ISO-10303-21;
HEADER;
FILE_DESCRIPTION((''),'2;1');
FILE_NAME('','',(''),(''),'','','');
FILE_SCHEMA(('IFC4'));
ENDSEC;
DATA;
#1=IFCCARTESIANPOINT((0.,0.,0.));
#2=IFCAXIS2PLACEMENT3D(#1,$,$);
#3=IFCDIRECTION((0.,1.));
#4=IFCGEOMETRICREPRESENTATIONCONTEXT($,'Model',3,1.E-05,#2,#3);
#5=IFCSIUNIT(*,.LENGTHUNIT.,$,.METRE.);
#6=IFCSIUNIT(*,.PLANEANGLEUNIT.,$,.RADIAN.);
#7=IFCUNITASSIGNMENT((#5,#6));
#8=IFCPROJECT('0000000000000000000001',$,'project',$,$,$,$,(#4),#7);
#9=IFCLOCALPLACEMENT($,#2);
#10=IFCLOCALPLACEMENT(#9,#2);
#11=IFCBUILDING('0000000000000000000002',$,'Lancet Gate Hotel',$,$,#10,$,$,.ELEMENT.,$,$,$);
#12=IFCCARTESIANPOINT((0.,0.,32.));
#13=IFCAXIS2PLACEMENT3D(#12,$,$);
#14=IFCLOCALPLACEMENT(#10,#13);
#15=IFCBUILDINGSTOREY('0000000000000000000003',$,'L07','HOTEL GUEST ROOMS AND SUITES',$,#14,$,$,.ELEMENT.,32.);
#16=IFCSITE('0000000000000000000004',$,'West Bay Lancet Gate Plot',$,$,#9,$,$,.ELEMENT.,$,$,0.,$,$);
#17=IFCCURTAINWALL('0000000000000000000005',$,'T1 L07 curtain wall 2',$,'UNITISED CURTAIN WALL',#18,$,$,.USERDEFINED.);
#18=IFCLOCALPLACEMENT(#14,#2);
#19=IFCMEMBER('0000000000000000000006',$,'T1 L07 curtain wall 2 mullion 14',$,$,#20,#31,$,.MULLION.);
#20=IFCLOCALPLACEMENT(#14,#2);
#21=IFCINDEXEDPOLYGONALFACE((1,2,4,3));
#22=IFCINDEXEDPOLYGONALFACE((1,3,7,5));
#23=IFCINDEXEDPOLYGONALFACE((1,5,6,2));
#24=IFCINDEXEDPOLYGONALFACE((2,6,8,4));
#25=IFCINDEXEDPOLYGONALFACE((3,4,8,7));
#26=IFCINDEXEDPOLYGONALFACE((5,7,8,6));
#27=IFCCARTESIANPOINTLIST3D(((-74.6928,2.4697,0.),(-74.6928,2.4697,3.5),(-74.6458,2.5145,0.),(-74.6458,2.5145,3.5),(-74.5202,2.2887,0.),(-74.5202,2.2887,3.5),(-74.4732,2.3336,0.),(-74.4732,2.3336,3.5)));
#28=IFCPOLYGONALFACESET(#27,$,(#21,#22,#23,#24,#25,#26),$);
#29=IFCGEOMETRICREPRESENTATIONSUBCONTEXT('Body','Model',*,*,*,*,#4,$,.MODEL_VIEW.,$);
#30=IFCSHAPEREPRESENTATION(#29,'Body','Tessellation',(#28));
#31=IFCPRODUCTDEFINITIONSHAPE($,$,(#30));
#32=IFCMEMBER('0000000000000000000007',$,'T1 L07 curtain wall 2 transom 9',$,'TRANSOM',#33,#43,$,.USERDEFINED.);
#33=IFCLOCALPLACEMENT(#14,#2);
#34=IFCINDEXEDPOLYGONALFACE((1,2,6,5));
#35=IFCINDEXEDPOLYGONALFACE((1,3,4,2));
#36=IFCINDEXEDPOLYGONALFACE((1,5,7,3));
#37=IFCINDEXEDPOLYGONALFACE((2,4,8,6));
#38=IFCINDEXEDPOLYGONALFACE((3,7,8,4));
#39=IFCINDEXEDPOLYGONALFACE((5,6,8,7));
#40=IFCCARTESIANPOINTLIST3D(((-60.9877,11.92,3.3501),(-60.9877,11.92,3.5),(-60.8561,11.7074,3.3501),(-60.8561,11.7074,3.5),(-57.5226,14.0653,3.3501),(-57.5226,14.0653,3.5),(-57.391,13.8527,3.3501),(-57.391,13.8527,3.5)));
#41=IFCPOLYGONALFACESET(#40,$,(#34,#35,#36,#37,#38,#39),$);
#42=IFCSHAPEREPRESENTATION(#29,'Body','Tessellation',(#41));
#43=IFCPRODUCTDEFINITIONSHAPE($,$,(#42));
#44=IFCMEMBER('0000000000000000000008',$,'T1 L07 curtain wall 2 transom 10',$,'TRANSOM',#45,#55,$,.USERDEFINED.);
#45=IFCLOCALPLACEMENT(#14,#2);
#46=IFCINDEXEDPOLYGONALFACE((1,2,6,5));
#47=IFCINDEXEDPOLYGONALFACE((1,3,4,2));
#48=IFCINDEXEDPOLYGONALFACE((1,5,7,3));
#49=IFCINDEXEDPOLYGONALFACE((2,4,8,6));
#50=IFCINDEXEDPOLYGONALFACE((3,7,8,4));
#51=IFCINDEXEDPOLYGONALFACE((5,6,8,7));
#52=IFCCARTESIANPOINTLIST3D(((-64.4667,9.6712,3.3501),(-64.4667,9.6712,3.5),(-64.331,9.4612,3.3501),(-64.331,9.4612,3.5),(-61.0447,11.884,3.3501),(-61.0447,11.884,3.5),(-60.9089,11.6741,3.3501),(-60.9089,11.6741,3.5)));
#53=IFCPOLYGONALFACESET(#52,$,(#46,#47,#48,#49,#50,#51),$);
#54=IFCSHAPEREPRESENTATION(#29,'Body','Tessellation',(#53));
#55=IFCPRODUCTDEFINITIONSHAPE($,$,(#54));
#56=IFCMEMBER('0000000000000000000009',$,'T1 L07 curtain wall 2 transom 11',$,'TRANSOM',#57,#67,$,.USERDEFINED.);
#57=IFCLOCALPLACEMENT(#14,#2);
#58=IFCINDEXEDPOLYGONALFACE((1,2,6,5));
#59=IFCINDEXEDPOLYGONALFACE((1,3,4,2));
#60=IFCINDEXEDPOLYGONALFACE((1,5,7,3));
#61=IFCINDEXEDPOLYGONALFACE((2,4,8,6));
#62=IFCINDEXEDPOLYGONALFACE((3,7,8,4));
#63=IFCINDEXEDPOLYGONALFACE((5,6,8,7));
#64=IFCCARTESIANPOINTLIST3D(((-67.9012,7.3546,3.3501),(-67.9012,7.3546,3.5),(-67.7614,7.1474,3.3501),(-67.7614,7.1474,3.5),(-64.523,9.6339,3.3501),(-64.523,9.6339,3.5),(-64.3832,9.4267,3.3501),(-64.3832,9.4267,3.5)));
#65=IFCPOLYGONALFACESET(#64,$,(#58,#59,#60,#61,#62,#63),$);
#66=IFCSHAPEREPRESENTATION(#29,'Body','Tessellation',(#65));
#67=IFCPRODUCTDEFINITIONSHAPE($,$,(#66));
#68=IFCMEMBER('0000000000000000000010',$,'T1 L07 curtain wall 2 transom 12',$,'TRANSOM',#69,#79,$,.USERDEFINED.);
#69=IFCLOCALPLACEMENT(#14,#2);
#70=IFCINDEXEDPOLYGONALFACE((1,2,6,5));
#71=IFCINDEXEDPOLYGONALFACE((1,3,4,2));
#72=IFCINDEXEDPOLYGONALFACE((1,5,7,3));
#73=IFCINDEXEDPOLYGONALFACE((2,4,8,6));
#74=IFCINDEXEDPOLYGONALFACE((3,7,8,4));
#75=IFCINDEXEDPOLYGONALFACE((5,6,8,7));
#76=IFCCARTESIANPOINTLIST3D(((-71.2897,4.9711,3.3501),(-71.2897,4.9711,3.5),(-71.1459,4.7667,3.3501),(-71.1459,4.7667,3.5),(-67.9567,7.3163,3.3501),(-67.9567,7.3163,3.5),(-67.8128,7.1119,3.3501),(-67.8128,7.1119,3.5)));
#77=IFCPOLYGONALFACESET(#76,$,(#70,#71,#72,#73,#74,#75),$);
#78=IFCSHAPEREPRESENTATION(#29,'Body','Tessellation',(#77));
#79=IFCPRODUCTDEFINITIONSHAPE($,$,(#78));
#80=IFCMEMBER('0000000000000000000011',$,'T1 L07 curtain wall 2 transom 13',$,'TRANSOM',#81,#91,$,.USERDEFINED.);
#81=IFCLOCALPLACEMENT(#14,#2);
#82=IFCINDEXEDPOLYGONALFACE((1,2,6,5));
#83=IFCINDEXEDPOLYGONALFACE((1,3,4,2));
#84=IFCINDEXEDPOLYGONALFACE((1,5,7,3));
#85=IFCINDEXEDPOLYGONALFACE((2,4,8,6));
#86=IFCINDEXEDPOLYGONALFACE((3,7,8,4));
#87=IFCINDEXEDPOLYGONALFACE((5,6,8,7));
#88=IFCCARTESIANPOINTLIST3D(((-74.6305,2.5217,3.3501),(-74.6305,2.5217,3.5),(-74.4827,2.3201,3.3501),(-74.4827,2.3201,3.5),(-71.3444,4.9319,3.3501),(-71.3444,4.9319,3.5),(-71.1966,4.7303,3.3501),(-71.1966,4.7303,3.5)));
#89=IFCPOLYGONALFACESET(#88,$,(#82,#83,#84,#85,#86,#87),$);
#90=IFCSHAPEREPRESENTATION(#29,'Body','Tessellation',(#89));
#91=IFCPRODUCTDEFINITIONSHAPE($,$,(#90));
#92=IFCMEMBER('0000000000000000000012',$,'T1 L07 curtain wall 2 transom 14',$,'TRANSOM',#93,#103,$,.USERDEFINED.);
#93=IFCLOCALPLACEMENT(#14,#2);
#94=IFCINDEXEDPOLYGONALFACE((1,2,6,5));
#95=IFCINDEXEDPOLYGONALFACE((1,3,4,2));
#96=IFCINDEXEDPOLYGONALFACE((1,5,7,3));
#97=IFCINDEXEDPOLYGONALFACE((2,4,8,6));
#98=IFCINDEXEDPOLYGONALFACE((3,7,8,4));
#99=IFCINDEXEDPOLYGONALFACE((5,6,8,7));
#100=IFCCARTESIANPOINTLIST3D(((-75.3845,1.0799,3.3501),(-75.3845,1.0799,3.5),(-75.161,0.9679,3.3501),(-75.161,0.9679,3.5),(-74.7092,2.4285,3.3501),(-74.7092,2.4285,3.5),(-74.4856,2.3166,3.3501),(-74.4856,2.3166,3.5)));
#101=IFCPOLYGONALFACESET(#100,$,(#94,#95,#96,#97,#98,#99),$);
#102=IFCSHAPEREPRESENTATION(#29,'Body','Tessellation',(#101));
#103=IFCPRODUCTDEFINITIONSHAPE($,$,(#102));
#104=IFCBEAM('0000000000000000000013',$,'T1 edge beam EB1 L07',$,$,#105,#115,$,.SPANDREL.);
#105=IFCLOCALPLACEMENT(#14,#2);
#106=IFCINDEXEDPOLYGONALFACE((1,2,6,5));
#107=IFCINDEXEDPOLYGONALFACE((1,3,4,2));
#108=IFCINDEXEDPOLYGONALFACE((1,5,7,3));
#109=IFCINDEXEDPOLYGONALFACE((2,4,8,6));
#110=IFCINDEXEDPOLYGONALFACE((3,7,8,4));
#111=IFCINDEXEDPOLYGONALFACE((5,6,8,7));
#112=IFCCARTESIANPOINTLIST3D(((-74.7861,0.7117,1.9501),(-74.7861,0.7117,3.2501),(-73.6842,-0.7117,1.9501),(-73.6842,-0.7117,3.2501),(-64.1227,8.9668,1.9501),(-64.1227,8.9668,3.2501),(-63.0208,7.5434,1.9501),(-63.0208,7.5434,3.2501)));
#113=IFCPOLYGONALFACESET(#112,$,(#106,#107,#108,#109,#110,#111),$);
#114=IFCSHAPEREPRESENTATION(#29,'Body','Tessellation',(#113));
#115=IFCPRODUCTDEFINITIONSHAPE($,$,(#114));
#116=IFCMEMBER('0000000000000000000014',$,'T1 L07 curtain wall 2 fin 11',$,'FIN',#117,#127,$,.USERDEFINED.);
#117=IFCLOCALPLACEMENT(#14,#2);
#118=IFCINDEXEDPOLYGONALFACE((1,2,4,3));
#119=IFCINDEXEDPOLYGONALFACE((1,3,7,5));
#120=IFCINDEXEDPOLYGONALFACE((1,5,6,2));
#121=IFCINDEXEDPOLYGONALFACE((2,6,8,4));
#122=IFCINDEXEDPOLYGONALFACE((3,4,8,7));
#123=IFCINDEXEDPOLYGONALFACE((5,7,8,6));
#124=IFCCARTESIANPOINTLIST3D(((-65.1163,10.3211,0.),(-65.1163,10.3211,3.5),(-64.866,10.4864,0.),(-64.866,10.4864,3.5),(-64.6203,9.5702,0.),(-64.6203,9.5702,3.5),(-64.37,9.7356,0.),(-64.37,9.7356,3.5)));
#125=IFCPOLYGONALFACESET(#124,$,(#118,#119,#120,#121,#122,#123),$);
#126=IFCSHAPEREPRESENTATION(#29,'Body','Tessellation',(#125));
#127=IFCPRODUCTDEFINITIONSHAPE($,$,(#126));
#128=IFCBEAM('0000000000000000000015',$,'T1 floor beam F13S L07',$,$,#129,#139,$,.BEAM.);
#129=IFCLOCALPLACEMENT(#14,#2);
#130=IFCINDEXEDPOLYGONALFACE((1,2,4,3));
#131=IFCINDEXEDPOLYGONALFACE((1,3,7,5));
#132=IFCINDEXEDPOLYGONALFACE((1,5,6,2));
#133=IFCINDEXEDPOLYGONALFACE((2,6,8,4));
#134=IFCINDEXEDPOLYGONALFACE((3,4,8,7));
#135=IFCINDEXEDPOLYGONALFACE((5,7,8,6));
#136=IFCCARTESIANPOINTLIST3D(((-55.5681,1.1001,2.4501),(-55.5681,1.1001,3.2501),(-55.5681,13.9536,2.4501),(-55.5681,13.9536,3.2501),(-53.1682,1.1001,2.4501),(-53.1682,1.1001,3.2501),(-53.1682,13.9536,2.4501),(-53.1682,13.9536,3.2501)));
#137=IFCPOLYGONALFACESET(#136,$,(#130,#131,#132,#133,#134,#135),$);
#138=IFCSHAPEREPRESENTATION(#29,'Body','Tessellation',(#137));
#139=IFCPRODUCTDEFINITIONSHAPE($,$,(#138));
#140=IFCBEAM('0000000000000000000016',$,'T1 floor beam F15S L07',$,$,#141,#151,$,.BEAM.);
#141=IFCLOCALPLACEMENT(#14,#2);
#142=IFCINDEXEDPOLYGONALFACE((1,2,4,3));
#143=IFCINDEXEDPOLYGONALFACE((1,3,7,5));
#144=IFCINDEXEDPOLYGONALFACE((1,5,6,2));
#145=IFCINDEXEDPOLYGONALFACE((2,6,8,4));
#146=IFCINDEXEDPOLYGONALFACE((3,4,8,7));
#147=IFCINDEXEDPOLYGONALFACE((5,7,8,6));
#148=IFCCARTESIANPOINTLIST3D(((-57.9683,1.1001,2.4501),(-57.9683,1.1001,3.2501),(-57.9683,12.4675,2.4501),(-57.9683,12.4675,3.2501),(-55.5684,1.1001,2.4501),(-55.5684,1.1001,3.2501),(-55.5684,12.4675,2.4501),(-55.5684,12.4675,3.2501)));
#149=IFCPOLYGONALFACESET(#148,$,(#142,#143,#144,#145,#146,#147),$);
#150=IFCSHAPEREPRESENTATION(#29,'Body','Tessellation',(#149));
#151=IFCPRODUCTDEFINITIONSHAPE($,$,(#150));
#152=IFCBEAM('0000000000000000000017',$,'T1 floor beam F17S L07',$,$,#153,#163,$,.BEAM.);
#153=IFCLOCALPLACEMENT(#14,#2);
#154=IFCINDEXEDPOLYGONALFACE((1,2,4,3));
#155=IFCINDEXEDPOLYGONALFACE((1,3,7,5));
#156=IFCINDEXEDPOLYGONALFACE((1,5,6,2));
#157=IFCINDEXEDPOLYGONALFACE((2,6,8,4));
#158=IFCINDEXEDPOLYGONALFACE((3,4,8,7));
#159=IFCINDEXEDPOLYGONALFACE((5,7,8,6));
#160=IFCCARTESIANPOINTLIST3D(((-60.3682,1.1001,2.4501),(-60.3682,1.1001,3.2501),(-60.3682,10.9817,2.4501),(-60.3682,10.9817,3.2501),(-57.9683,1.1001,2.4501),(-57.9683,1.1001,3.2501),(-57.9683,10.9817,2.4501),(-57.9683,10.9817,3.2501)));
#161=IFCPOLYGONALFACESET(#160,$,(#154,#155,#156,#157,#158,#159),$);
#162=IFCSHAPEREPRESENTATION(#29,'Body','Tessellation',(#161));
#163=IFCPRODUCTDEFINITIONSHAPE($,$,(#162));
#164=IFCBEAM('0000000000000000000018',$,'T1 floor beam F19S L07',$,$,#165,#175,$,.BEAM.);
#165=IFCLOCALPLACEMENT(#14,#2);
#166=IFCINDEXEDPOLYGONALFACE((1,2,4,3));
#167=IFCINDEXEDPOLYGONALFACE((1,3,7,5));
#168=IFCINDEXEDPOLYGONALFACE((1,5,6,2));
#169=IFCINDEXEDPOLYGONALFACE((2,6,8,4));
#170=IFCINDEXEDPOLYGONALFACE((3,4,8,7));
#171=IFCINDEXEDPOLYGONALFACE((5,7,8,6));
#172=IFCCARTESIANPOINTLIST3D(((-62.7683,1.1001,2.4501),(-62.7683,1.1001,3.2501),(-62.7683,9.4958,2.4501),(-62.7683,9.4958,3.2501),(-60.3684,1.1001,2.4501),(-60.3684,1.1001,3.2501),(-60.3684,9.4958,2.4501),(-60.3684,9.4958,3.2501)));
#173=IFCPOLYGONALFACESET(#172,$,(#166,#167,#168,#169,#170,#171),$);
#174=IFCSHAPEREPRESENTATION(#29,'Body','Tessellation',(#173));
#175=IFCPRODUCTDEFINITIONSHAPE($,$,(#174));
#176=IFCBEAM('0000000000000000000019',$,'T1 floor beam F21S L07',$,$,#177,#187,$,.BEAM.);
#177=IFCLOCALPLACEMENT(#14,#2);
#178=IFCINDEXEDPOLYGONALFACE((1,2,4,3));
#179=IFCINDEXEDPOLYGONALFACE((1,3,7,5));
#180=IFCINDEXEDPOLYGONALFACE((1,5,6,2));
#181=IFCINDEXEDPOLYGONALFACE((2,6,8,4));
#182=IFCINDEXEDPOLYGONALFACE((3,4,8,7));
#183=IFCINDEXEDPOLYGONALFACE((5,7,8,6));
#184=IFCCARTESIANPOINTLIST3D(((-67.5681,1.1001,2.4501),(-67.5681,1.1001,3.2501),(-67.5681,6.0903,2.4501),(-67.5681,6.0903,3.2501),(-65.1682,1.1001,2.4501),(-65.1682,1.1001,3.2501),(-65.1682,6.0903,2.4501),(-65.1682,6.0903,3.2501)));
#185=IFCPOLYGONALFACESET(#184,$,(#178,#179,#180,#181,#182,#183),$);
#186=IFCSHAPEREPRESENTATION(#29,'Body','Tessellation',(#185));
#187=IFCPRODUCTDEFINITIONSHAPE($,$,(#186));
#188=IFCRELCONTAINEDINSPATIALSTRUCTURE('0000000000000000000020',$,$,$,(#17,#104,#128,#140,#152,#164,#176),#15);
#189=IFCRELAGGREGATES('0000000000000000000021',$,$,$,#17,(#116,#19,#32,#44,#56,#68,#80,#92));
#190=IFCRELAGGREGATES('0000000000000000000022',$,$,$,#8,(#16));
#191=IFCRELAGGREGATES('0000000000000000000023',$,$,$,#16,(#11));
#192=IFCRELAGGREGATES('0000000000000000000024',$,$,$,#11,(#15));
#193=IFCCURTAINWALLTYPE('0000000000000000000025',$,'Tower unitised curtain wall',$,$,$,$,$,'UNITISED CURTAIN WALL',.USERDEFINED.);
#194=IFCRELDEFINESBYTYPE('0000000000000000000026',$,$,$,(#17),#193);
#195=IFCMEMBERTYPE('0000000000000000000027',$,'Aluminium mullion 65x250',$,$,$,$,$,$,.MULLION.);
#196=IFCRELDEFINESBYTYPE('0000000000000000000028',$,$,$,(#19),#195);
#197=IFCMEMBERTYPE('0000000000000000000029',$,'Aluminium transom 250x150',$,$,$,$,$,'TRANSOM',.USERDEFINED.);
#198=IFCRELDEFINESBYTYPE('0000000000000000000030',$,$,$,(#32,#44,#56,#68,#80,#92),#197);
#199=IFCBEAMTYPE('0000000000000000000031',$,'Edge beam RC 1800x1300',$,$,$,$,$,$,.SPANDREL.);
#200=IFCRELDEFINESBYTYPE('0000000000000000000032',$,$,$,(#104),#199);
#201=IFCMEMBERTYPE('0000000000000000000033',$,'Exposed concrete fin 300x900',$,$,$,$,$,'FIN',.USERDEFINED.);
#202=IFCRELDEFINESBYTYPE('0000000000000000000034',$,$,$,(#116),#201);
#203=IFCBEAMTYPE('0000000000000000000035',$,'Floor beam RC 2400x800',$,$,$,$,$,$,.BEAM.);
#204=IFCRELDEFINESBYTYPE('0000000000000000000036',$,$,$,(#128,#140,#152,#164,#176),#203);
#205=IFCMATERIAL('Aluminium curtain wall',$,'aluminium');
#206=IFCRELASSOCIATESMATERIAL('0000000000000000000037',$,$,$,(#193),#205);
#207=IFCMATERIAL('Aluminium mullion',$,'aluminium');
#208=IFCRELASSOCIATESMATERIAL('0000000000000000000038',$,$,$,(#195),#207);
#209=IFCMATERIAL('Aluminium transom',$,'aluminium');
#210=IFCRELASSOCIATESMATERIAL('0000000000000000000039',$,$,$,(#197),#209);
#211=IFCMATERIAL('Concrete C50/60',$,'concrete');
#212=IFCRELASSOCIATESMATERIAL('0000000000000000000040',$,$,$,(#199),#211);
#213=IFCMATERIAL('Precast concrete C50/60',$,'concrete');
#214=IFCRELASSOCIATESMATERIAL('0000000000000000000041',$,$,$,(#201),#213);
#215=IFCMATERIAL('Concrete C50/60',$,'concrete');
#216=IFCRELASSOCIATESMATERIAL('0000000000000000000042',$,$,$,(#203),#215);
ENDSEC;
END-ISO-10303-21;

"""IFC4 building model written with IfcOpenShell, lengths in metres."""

from ifc_helpers import new_model, si_unit, direction, frame, origin, origin_2d, place, context, subcontext, project, spatial, rectangle, extrude, material, material_profile, profile_set, type_object, element, aggregate, save


model = new_model("IFC4")

# Units and contexts
model_context = context("Model", 3, precision=1e-05, world=origin(), true_north=direction((0.0, 1.0)))
body_context = subcontext(model_context, "Body", "Model", "MODEL_VIEW")
ifc_project = project(units=[si_unit("LENGTHUNIT", "METRE"), si_unit("PLANEANGLEUNIT", "RADIAN")], contexts=[model_context])

# Site, building, storey
site_placement = place(None, origin())
site = spatial("IfcSite", under=ifc_project, at=site_placement, Name="West Bay Lancet Gate Plot", CompositionType="ELEMENT", RefElevation=0.0)
building_placement = place(site_placement, origin())
building = spatial("IfcBuilding", under=site, at=building_placement, Name="Lancet Gate Hotel", CompositionType="ELEMENT")
storey_placement = place(building_placement, frame((0.0, 0.0, 32.0)))
storey = spatial("IfcBuildingStorey", under=building, at=storey_placement, Name="L07", Description="HOTEL GUEST ROOMS AND SUITES", CompositionType="ELEMENT", Elevation=32.0)

# Curtain wall, members
ifc_material_1 = material(Name="Aluminium curtain wall", Category="aluminium")
curtain_wall_type = type_object("IfcCurtainWallType", Name="Tower unitised curtain wall", ElementType="UNITISED CURTAIN WALL", PredefinedType="USERDEFINED", material=ifc_material_1)
curtain_wall_placement = place(storey_placement, origin())
curtain_wall = element("IfcCurtainWall", 1, at=curtain_wall_placement, inside=storey, type_object=curtain_wall_type, Name="T1 L07 curtain wall 2", ObjectType="UNITISED CURTAIN WALL", PredefinedType="USERDEFINED")
ifc_material_2 = material(Name="Aluminium mullion", Category="aluminium")
ifc_material_profile_1 = material_profile(ifc_material_2, rectangle(XDim=0.0649, YDim=0.25, at=origin_2d()), Name="MULLION 65x250")
ifc_profile_set_1 = profile_set([ifc_material_profile_1], Name="Aluminium mullion")
member_type_1 = type_object("IfcMemberType", Name="Aluminium mullion 65x250", PredefinedType="MULLION", material=ifc_profile_set_1)
member_1_placement = place(storey_placement, frame((-74.583, 2.4016, 0.0), z_axis=(0.0, 0.0, 1.0), x_axis=(-0.723696, -0.690119, 0.0)))
member_1 = element("IfcMember", 2, at=member_1_placement, type_object=member_type_1, Name="T1 L07 curtain wall 2 mullion 14", PredefinedType="MULLION", context=body_context, shape_type="SweptSolid", body=[
    extrude(rectangle(XDim=0.0649, YDim=0.25, at=origin_2d()), origin(), (0.0, 0.0, 1.0), 3.5),
])
ifc_material_3 = material(Name="Aluminium transom", Category="aluminium")
ifc_material_profile_2 = material_profile(ifc_material_3, rectangle(XDim=0.25, YDim=0.1499, at=origin_2d()), Name="TRANSOM 250x150")
ifc_profile_set_2 = profile_set([ifc_material_profile_2], Name="Aluminium transom")
member_type_2 = type_object("IfcMemberType", Name="Aluminium transom 250x150", ElementType="TRANSOM", PredefinedType="USERDEFINED", material=ifc_profile_set_2)
member_2_placement = place(storey_placement, frame((-57.4568, 13.959, 3.425), z_axis=(-0.850242, -0.526392, 0.0), x_axis=(0.526392, -0.850242, 0.0)))
member_2 = element("IfcMember", 3, at=member_2_placement, type_object=member_type_2, Name="T1 L07 curtain wall 2 transom 9", ObjectType="TRANSOM", PredefinedType="USERDEFINED", context=body_context, shape_type="SweptSolid", body=[
    extrude(rectangle(XDim=0.25, YDim=0.1499, at=origin_2d()), origin(), (0.0, 0.0, 1.0), 4.0754),
])
member_3_placement = place(storey_placement, frame((-60.9768, 11.7791, 3.425), z_axis=(-0.839729, -0.543005, 0.0), x_axis=(0.543005, -0.839729, 0.0)))
member_3 = element("IfcMember", 4, at=member_3_placement, type_object=member_type_2, Name="T1 L07 curtain wall 2 transom 10", ObjectType="TRANSOM", PredefinedType="USERDEFINED", context=body_context, shape_type="SweptSolid", body=[
    extrude(rectangle(XDim=0.25, YDim=0.1499, at=origin_2d()), origin(), (0.0, 0.0, 1.0), 4.0752),
])
member_4_placement = place(storey_placement, frame((-64.4531, 9.5303, 3.425), z_axis=(-0.828959, -0.559309, 0.0), x_axis=(0.559309, -0.828959, 0.0)))
member_4 = element("IfcMember", 5, at=member_4_placement, type_object=member_type_2, Name="T1 L07 curtain wall 2 transom 11", ObjectType="TRANSOM", PredefinedType="USERDEFINED", context=body_context, shape_type="SweptSolid", body=[
    extrude(rectangle(XDim=0.25, YDim=0.1499, at=origin_2d()), origin(), (0.0, 0.0, 1.0), 4.0752),
])
member_5_placement = place(storey_placement, frame((-67.8848, 7.2141, 3.425), z_axis=(-0.817834, -0.575455, 0.0), x_axis=(0.575455, -0.817834, 0.0)))
member_5 = element("IfcMember", 6, at=member_5_placement, type_object=member_type_2, Name="T1 L07 curtain wall 2 transom 12", ObjectType="TRANSOM", PredefinedType="USERDEFINED", context=body_context, shape_type="SweptSolid", body=[
    extrude(rectangle(XDim=0.25, YDim=0.1499, at=origin_2d()), origin(), (0.0, 0.0, 1.0), 4.0754),
])
member_6_placement = place(storey_placement, frame((-71.2705, 4.8311, 3.425), z_axis=(-0.806367, -0.591416, 0.0), x_axis=(0.591416, -0.806367, 0.0)))
member_6 = element("IfcMember", 7, at=member_6_placement, type_object=member_type_2, Name="T1 L07 curtain wall 2 transom 13", ObjectType="TRANSOM", PredefinedType="USERDEFINED", context=body_context, shape_type="SweptSolid", body=[
    extrude(rectangle(XDim=0.25, YDim=0.1499, at=origin_2d()), origin(), (0.0, 0.0, 1.0), 4.0752),
])
member_7_placement = place(storey_placement, frame((-74.5974, 2.3726, 3.425), z_axis=(-0.447732, -0.894168, 0.0), x_axis=(0.894168, -0.447732, 0.0)))
member_7 = element("IfcMember", 8, at=member_7_placement, type_object=member_type_2, Name="T1 L07 curtain wall 2 transom 14", ObjectType="TRANSOM", PredefinedType="USERDEFINED", context=body_context, shape_type="SweptSolid", body=[
    extrude(rectangle(XDim=0.25, YDim=0.1499, at=origin_2d()), origin(), (0.0, 0.0, 1.0), 1.5083),
])

# Beam
ifc_material_4 = material(Name="Concrete C50/60", Category="concrete")
ifc_material_profile_3 = material_profile(ifc_material_4, rectangle(XDim=1.8, YDim=1.3, at=origin_2d()), Name="RC 1800x1300")
ifc_profile_set_3 = profile_set([ifc_material_profile_3], Name="Concrete C50/60")
beam_type_1 = type_object("IfcBeamType", Name="Edge beam RC 1800x1300", PredefinedType="SPANDREL", material=ifc_profile_set_3)
beam_1_placement = place(storey_placement, frame((-63.5718, 8.2551, 2.6001), z_axis=(-0.790736, -0.612157, 0.0), x_axis=(0.612157, -0.790736, 0.0)))
element("IfcBeam", 9, at=beam_1_placement, inside=storey, type_object=beam_type_1, Name="T1 edge beam EB1 L07", PredefinedType="SPANDREL", context=body_context, shape_type="SweptSolid", body=[
    extrude(rectangle(XDim=1.8, YDim=1.3, at=origin_2d()), origin(), (0.0, 0.0, 1.0), 13.4854),
])

# Member
ifc_material_5 = material(Name="Precast concrete C50/60", Category="concrete")
ifc_material_profile_4 = material_profile(ifc_material_5, rectangle(XDim=0.3, YDim=0.8999, at=origin_2d()), Name="FIN 300x900")
ifc_profile_set_4 = profile_set([ifc_material_profile_4], Name="Precast concrete C50/60")
member_type_3 = type_object("IfcMemberType", Name="Exposed concrete fin 300x900", ElementType="FIN", PredefinedType="USERDEFINED", material=ifc_profile_set_4)
member_8_placement = place(storey_placement, frame((-64.7432, 10.0283, 0.0), z_axis=(0.0, 0.0, 1.0), x_axis=(-0.834387, -0.551178, 0.0)))
member_8 = element("IfcMember", 10, at=member_8_placement, type_object=member_type_3, Name="T1 L07 curtain wall 2 fin 11", ObjectType="FIN", PredefinedType="USERDEFINED", context=body_context, shape_type="SweptSolid", body=[
    extrude(rectangle(XDim=0.3, YDim=0.8999, at=origin_2d()), origin(), (0.0, 0.0, 1.0), 3.5),
])

# Beams
ifc_material_6 = material(Name="Concrete C50/60", Category="concrete")
ifc_material_profile_5 = material_profile(ifc_material_6, rectangle(XDim=2.3999, YDim=0.8, at=origin_2d()), Name="RC 2400x800")
ifc_profile_set_5 = profile_set([ifc_material_profile_5], Name="Concrete C50/60")
beam_type_2 = type_object("IfcBeamType", Name="Floor beam RC 2400x800", PredefinedType="BEAM", material=ifc_profile_set_5)
beam_2_placement = place(storey_placement, frame((-54.3682, 13.9536, 2.8501), z_axis=(0.0, -1.0, 0.0), x_axis=(1.0, 0.0, 0.0)))
element("IfcBeam", 11, at=beam_2_placement, inside=storey, type_object=beam_type_2, Name="T1 floor beam F13S L07", PredefinedType="BEAM", context=body_context, shape_type="SweptSolid", body=[
    extrude(rectangle(XDim=2.3999, YDim=0.8, at=origin_2d()), origin(), (0.0, 0.0, 1.0), 12.8535),
])
beam_3_placement = place(storey_placement, frame((-56.7683, 12.4675, 2.8501), z_axis=(0.0, -1.0, 0.0), x_axis=(1.0, 0.0, 0.0)))
element("IfcBeam", 12, at=beam_3_placement, inside=storey, type_object=beam_type_2, Name="T1 floor beam F15S L07", PredefinedType="BEAM", context=body_context, shape_type="SweptSolid", body=[
    extrude(rectangle(XDim=2.3999, YDim=0.8, at=origin_2d()), origin(), (0.0, 0.0, 1.0), 11.3674),
])
beam_4_placement = place(storey_placement, frame((-59.1682, 10.9817, 2.8501), z_axis=(0.0, -1.0, 0.0), x_axis=(1.0, 0.0, 0.0)))
element("IfcBeam", 13, at=beam_4_placement, inside=storey, type_object=beam_type_2, Name="T1 floor beam F17S L07", PredefinedType="BEAM", context=body_context, shape_type="SweptSolid", body=[
    extrude(rectangle(XDim=2.3999, YDim=0.8, at=origin_2d()), origin(), (0.0, 0.0, 1.0), 9.8816),
])
beam_5_placement = place(storey_placement, frame((-61.5684, 9.4958, 2.8501), z_axis=(0.0, -1.0, 0.0), x_axis=(1.0, 0.0, 0.0)))
element("IfcBeam", 14, at=beam_5_placement, inside=storey, type_object=beam_type_2, Name="T1 floor beam F19S L07", PredefinedType="BEAM", context=body_context, shape_type="SweptSolid", body=[
    extrude(rectangle(XDim=2.3999, YDim=0.8, at=origin_2d()), origin(), (0.0, 0.0, 1.0), 8.3958),
])
beam_6_placement = place(storey_placement, frame((-66.3682, 6.0903, 2.8501), z_axis=(0.0, -1.0, 0.0), x_axis=(1.0, 0.0, 0.0)))
element("IfcBeam", 15, at=beam_6_placement, inside=storey, type_object=beam_type_2, Name="T1 floor beam F21S L07", PredefinedType="BEAM", context=body_context, shape_type="SweptSolid", body=[
    extrude(rectangle(XDim=2.3999, YDim=0.8, at=origin_2d()), origin(), (0.0, 0.0, 1.0), 4.9902),
])

aggregate(curtain_wall, [member_8, member_1, member_2, member_3, member_4, member_5, member_6, member_7])

save(model, "model.ifc")
